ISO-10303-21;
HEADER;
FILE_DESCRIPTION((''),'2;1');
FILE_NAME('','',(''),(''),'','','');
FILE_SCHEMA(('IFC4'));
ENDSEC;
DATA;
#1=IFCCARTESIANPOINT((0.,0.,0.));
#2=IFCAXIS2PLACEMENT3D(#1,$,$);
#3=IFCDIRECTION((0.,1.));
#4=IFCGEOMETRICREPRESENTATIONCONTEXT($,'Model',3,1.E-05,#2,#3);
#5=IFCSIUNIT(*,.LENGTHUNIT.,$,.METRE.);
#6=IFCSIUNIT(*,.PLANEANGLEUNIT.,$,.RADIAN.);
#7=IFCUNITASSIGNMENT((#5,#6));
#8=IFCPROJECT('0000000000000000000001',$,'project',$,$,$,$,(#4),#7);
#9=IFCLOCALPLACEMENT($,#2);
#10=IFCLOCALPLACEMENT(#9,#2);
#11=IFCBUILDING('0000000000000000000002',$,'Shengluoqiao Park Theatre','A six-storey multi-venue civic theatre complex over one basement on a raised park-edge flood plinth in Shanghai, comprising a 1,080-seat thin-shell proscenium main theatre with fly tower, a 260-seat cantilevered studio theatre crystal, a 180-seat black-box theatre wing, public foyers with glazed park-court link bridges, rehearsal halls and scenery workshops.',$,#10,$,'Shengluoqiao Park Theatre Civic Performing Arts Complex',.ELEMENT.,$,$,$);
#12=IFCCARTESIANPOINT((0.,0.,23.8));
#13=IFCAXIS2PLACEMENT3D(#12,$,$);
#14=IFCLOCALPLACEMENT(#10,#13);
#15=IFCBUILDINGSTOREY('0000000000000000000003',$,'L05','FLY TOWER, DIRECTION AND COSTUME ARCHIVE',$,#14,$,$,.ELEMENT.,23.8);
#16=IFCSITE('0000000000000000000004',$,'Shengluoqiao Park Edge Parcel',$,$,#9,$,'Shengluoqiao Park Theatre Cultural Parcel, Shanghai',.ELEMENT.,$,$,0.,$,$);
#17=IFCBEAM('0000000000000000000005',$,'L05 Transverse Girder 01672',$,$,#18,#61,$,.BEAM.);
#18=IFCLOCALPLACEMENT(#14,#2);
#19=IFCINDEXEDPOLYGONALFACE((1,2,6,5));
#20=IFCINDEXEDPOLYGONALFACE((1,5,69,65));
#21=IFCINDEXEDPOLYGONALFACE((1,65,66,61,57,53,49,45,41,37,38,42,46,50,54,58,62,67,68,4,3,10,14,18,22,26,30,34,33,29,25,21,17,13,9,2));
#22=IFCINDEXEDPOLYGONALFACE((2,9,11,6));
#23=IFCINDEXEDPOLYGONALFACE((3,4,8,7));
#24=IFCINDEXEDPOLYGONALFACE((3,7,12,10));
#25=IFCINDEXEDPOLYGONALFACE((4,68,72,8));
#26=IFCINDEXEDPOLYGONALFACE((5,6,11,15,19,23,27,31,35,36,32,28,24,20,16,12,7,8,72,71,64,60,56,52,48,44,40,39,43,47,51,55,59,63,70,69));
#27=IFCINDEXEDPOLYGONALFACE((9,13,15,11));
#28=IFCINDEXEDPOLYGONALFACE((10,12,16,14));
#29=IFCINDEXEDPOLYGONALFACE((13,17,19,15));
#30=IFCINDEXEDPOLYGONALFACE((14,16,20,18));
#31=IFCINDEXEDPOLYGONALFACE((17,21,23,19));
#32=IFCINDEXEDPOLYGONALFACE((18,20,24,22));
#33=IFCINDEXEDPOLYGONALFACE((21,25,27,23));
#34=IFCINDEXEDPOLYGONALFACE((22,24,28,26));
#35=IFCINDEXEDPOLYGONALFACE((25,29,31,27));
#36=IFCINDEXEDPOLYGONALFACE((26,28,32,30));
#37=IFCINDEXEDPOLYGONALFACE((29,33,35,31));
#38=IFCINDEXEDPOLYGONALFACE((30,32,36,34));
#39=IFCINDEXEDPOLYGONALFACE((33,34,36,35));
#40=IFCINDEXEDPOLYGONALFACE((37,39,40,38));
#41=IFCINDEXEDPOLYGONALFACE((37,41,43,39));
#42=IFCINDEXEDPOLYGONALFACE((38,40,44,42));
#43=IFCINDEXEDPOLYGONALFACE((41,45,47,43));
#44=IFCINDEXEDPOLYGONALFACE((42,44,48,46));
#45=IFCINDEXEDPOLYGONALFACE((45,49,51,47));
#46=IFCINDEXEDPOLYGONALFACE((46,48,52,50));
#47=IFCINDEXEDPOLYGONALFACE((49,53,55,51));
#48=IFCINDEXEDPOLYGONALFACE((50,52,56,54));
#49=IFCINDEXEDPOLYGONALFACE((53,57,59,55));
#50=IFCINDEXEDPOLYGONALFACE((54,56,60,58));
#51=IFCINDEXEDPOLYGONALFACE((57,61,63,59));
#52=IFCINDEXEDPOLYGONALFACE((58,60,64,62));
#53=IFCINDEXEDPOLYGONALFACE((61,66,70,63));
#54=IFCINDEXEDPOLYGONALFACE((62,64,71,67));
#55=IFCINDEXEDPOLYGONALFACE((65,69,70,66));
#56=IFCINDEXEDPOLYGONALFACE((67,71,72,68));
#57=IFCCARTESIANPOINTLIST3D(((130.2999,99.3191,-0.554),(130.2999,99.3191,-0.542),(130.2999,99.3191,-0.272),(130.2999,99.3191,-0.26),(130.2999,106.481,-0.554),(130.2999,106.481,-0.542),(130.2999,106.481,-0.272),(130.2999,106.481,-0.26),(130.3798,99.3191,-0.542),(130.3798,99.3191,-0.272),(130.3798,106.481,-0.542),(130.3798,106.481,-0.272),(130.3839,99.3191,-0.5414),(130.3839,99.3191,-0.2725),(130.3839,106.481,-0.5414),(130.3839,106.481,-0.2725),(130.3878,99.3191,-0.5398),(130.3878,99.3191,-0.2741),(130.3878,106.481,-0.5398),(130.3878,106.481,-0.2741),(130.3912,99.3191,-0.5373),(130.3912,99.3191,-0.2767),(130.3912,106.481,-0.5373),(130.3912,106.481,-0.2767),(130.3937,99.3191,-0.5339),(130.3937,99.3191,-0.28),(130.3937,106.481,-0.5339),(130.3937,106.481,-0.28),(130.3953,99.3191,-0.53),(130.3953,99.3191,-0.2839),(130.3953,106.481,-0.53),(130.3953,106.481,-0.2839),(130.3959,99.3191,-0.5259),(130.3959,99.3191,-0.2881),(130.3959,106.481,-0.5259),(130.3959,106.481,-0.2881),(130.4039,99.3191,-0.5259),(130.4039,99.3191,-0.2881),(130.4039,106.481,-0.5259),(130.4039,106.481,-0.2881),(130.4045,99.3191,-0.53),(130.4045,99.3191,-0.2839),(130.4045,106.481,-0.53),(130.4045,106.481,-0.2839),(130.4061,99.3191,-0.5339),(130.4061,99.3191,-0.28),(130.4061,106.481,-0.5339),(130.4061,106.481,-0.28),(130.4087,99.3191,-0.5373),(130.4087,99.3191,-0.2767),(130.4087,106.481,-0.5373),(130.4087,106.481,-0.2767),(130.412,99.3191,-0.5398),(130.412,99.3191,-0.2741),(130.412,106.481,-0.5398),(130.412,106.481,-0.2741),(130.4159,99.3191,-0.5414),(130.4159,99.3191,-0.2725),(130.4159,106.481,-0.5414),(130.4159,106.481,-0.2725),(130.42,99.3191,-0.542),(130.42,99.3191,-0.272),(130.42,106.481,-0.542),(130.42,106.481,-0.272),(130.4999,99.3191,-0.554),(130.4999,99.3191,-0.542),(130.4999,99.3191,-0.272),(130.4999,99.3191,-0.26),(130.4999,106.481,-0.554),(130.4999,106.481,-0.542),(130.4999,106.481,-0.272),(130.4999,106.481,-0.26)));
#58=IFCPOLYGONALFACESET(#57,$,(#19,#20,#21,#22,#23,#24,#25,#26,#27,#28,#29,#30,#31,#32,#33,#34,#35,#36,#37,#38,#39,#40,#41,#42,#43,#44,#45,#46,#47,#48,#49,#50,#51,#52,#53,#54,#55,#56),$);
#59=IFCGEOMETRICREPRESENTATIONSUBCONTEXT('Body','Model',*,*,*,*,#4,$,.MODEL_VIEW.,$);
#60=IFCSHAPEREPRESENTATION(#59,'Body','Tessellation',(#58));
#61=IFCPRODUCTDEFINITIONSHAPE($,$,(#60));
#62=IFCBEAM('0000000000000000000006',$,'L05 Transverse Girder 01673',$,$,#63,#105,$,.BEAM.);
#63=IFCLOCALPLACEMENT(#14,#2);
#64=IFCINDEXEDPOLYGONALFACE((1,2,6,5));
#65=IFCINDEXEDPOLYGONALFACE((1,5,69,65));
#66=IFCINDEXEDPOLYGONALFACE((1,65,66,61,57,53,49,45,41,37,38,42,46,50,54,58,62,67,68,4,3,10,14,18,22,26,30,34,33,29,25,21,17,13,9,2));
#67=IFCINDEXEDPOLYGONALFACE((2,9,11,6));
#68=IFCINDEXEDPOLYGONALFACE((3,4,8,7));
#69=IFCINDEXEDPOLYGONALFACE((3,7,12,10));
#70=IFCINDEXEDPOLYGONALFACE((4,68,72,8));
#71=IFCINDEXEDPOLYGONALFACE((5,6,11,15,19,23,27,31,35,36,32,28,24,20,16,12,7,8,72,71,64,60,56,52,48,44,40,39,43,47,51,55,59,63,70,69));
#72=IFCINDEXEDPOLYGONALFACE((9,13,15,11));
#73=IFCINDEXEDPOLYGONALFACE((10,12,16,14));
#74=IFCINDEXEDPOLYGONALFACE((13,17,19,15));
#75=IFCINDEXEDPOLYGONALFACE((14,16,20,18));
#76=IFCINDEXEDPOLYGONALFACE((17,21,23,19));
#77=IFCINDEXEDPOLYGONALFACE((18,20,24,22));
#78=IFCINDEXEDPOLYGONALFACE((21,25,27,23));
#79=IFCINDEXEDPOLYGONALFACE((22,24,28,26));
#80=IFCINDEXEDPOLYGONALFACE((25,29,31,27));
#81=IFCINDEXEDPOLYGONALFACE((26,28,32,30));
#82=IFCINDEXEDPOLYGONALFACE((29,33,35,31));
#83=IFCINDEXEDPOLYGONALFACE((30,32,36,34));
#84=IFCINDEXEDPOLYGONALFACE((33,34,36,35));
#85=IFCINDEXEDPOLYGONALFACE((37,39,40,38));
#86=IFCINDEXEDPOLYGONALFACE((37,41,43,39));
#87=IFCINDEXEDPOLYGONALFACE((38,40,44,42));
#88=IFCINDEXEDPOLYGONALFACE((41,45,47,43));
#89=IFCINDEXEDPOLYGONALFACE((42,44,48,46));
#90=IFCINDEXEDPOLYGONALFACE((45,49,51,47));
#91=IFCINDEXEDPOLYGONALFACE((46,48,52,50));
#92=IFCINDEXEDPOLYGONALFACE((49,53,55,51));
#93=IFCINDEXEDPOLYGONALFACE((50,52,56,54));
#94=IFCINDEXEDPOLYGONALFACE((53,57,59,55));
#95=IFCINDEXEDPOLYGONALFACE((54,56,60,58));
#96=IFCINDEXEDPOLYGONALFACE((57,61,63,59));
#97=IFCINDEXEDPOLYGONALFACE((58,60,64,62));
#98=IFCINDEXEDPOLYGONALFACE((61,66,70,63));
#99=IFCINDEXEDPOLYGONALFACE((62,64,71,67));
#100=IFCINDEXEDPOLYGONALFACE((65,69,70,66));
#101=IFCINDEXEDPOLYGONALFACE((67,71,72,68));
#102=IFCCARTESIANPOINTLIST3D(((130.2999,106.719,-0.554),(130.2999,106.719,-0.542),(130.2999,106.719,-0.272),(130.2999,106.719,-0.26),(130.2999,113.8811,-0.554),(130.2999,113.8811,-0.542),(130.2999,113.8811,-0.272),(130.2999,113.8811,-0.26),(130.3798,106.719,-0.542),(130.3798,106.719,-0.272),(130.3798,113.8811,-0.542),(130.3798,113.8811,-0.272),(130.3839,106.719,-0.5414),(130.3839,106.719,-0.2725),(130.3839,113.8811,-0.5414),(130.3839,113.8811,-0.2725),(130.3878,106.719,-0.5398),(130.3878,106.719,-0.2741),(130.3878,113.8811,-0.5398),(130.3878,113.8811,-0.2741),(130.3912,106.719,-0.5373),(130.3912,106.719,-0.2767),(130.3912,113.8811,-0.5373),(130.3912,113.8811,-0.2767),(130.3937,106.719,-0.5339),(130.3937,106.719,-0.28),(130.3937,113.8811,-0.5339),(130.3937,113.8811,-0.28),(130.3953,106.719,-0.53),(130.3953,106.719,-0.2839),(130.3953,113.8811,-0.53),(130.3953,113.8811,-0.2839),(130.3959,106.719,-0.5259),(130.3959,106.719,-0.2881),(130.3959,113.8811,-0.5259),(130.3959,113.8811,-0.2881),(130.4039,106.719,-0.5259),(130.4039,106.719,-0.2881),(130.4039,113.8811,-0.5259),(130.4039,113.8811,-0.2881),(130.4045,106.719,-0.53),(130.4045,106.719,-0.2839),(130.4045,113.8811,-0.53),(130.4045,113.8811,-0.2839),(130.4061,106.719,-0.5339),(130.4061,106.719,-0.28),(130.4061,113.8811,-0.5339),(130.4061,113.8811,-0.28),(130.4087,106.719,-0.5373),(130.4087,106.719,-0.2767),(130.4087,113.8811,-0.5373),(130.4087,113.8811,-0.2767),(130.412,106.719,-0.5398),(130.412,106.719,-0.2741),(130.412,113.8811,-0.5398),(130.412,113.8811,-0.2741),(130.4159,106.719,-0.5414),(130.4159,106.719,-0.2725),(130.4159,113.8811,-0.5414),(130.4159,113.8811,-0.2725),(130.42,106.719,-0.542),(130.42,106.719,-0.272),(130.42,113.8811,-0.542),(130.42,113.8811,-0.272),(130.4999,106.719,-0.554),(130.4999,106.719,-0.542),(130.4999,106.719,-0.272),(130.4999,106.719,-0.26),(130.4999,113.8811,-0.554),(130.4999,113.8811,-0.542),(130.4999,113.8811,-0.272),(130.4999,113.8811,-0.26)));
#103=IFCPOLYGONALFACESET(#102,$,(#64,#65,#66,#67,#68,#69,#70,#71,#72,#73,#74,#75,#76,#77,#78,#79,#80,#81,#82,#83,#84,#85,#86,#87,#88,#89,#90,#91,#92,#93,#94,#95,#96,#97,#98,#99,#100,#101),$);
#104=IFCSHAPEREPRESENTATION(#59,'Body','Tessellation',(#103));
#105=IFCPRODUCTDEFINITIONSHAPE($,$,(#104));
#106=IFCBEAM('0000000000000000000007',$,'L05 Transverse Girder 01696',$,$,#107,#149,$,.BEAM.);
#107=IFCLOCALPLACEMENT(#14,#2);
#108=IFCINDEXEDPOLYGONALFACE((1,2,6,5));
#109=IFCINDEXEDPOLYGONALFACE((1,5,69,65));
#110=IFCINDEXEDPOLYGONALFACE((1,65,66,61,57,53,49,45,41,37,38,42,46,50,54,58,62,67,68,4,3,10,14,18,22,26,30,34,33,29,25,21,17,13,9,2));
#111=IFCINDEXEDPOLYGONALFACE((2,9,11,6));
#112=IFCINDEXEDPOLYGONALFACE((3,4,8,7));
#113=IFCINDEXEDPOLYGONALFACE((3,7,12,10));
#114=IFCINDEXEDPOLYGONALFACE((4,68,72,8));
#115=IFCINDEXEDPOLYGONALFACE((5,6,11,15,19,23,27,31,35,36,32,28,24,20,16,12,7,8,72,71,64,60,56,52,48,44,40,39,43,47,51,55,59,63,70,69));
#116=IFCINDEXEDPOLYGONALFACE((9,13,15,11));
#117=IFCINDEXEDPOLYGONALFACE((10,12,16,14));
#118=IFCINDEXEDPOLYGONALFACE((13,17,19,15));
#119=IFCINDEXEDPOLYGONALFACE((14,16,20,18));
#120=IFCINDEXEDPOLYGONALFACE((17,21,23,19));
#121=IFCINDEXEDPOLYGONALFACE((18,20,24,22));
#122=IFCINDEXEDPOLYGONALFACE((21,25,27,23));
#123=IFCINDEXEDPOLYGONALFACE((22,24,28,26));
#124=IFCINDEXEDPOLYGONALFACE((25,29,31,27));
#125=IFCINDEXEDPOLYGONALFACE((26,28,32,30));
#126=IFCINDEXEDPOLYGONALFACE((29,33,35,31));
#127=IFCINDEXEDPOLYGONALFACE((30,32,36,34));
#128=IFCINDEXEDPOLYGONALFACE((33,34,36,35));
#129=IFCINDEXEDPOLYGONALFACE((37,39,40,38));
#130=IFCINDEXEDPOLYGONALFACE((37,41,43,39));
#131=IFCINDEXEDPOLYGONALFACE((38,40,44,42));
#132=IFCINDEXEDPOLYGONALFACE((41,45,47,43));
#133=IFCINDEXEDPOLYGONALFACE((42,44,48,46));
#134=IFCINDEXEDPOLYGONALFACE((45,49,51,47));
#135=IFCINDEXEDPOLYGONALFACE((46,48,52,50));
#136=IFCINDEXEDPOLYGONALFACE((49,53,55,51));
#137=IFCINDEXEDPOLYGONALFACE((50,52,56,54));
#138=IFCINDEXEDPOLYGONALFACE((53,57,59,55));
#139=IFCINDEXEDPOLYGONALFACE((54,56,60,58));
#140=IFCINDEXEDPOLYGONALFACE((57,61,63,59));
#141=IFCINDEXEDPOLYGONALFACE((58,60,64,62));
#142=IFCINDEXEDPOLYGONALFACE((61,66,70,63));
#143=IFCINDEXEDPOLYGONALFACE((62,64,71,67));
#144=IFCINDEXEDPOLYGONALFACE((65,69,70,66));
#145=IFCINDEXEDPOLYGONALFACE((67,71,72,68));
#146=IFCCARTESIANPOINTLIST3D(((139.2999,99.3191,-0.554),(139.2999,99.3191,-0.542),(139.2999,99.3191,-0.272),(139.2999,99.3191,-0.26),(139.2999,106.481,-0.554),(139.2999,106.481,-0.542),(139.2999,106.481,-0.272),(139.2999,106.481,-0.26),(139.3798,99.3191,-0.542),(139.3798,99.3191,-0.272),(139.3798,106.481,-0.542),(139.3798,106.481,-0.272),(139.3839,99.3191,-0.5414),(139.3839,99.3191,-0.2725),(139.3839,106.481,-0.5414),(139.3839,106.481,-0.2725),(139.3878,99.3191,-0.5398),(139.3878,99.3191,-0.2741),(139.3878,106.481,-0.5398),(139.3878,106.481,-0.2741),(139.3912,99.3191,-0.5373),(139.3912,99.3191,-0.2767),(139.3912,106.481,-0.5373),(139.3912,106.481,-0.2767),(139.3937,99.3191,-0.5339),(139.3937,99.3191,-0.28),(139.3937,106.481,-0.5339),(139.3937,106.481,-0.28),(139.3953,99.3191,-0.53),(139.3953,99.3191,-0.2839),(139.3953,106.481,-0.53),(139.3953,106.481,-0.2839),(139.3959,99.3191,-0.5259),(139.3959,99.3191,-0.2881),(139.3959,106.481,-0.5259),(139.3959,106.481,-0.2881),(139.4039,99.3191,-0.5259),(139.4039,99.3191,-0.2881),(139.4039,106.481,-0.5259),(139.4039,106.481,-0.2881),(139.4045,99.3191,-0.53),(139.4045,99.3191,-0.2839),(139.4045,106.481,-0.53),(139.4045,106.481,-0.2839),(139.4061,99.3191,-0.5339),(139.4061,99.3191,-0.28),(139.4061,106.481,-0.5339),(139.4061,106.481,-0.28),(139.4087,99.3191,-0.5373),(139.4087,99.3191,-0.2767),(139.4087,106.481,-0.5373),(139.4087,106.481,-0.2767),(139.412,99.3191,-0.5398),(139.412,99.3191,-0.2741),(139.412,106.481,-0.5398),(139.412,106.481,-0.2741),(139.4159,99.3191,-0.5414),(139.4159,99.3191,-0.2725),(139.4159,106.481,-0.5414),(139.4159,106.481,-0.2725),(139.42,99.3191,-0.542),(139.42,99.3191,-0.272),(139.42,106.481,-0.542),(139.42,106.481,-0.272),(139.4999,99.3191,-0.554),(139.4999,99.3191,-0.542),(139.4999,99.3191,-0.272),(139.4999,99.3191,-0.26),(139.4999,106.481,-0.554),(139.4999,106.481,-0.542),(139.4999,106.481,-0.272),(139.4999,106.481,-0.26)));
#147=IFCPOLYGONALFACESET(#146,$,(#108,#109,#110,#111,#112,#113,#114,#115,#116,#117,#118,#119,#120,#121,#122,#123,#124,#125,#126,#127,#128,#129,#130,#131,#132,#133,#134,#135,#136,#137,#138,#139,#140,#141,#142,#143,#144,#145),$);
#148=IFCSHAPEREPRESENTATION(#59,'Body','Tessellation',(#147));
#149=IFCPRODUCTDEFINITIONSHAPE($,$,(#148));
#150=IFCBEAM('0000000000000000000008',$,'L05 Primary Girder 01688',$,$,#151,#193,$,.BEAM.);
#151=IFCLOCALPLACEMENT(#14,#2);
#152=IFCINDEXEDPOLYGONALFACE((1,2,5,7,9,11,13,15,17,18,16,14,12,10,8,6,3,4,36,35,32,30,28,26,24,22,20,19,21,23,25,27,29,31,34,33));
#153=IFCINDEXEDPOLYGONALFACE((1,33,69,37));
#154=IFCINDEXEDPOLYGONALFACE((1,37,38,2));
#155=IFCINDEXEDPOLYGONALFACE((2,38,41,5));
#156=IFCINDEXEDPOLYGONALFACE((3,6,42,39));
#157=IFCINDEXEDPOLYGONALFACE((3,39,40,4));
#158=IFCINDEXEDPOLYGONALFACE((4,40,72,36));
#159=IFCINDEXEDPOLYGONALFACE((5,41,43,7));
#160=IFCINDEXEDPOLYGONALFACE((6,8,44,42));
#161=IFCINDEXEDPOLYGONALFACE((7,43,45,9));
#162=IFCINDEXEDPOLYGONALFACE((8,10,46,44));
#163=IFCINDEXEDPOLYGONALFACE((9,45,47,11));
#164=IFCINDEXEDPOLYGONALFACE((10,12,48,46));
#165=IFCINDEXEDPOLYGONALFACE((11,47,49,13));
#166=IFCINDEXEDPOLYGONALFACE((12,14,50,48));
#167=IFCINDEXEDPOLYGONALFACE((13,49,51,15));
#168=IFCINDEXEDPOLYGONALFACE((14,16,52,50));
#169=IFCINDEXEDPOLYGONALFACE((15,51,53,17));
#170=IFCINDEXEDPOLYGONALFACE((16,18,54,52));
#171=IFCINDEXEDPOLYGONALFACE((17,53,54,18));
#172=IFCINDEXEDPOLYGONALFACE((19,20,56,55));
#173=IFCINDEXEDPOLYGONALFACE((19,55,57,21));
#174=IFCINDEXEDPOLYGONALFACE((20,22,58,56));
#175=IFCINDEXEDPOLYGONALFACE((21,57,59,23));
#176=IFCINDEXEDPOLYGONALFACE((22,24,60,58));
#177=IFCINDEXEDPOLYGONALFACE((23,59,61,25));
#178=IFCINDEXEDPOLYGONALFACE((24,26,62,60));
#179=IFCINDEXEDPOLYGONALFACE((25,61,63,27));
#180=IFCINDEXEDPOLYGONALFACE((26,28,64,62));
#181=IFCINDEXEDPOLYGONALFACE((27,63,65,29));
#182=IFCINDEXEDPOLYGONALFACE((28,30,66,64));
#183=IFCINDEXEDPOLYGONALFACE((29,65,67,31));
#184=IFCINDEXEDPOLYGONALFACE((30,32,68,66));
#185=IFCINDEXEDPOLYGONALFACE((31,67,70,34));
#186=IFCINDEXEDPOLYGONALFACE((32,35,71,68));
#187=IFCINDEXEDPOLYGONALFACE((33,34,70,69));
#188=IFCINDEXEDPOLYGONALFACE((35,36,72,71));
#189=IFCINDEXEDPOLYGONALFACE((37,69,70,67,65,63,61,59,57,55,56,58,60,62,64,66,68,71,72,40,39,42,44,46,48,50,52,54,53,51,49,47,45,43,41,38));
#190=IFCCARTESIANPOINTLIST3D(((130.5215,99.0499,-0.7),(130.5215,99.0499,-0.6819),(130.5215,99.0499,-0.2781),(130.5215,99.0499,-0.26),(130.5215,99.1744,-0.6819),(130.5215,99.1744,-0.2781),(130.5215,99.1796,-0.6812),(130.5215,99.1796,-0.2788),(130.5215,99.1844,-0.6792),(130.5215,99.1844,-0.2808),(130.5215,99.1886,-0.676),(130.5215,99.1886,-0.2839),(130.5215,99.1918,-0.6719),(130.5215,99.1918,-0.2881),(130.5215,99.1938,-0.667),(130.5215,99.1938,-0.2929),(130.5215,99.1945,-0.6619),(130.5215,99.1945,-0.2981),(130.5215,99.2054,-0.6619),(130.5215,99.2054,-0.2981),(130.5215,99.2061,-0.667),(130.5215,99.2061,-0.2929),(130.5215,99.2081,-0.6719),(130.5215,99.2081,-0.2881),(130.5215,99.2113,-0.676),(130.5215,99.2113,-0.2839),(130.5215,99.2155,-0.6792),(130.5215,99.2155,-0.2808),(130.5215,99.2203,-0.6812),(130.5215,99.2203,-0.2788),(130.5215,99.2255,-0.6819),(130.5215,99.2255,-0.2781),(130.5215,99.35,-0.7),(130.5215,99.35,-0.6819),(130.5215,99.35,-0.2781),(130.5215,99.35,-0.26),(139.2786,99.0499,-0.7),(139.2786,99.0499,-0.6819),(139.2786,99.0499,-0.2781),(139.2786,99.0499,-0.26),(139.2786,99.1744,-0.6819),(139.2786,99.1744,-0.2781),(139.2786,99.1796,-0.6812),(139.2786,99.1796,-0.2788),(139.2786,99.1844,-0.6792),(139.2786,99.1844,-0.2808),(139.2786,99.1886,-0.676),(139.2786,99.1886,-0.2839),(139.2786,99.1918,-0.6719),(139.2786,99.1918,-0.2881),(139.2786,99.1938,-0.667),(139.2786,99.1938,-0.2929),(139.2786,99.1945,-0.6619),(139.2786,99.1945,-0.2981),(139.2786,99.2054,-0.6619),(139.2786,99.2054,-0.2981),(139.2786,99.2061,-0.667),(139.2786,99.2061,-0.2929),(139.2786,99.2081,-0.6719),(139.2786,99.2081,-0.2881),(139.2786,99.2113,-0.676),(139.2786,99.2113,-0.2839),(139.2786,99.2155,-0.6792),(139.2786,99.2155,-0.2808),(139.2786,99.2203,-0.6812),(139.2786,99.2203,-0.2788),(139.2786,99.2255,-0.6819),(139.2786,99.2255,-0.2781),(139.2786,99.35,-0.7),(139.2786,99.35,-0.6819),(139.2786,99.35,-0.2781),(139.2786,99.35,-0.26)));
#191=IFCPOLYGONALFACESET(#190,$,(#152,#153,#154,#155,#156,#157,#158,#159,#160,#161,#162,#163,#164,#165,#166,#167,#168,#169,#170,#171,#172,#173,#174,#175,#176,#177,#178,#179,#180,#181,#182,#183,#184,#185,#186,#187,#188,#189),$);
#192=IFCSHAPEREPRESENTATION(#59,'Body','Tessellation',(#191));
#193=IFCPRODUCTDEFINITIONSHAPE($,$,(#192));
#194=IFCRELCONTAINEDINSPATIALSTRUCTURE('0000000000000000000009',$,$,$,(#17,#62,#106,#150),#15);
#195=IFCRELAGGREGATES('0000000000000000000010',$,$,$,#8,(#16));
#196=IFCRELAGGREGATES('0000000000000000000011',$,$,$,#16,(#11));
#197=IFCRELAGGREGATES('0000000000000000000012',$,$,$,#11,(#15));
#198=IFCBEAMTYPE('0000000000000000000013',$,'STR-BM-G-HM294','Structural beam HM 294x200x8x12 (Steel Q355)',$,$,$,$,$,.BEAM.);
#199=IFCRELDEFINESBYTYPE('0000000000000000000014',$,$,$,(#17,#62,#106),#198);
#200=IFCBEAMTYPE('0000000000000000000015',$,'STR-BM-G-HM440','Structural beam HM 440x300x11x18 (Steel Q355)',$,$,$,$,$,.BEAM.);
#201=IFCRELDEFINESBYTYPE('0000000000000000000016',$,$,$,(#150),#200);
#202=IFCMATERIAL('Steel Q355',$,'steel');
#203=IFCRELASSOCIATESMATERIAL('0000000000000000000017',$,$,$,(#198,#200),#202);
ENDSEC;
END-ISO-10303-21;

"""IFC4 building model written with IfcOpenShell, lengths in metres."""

from ifc_helpers import new_model, si_unit, direction, frame, origin, origin_2d, place, context, subcontext, project, spatial, i_section, extrude, material, material_profile, profile_set, type_object, element, save


model = new_model("IFC4")

# Units and contexts
model_context = context("Model", 3, precision=1e-05, world=origin(), true_north=direction((0.0, 1.0)))
body_context = subcontext(model_context, "Body", "Model", "MODEL_VIEW")
ifc_project = project(units=[si_unit("LENGTHUNIT", "METRE"), si_unit("PLANEANGLEUNIT", "RADIAN")], contexts=[model_context])

# Site, building, storey
site_placement = place(None, origin())
site = spatial("IfcSite", under=ifc_project, at=site_placement, Name="Shengluoqiao Park Edge Parcel", LongName="Shengluoqiao Park Theatre Cultural Parcel, Shanghai", CompositionType="ELEMENT", RefElevation=0.0)
building_placement = place(site_placement, origin())
building = spatial("IfcBuilding", under=site, at=building_placement, Name="Shengluoqiao Park Theatre", Description="A six-storey multi-venue civic theatre complex over one basement on a raised park-edge flood plinth in Shanghai, comprising a 1,080-seat thin-shell proscenium main theatre with fly tower, a 260-seat cantilevered studio theatre crystal, a 180-seat black-box theatre wing, public foyers with glazed park-court link bridges, rehearsal halls and scenery workshops.", LongName="Shengluoqiao Park Theatre Civic Performing Arts Complex", CompositionType="ELEMENT")
storey_placement = place(building_placement, frame((0.0, 0.0, 23.8)))
storey = spatial("IfcBuildingStorey", under=building, at=storey_placement, Name="L05", Description="FLY TOWER, DIRECTION AND COSTUME ARCHIVE", CompositionType="ELEMENT", Elevation=23.8)

# Shared definitions
ifc_material_1 = material(Name="Steel Q355", Category="steel")

# Beams
ifc_material_profile_1 = material_profile(ifc_material_1, i_section(OverallWidth=0.2, OverallDepth=0.2939, WebThickness=0.0081, FlangeThickness=0.012, FilletRadius=0.0161, at=origin_2d()), Name="HM 294x200x8x12")
ifc_profile_set_1 = profile_set([ifc_material_profile_1], Name="Steel Q355")
beam_type_1 = type_object("IfcBeamType", Name="STR-BM-G-HM294", Description="Structural beam HM 294x200x8x12 (Steel Q355)", PredefinedType="BEAM", material=ifc_profile_set_1)
beam_1_placement = place(storey_placement, frame((130.3999, 99.3191, -0.407), z_axis=(0.0, 1.0, 0.0), x_axis=(-1.0, 0.0, 0.0)))
element("IfcBeam", 1, at=beam_1_placement, inside=storey, type_object=beam_type_1, Name="L05 Transverse Girder 01672", PredefinedType="BEAM", context=body_context, shape_type="SweptSolid", body=[
    extrude(i_section(OverallWidth=0.2, OverallDepth=0.2939, WebThickness=0.0081, FlangeThickness=0.012, FilletRadius=0.0161, at=origin_2d()), origin(), (0.0, 0.0, 1.0), 7.1619),
])
beam_2_placement = place(storey_placement, frame((130.3999, 106.719, -0.407), z_axis=(0.0, 1.0, 0.0), x_axis=(-1.0, 0.0, 0.0)))
element("IfcBeam", 2, at=beam_2_placement, inside=storey, type_object=beam_type_1, Name="L05 Transverse Girder 01673", PredefinedType="BEAM", context=body_context, shape_type="SweptSolid", body=[
    extrude(i_section(OverallWidth=0.2, OverallDepth=0.2939, WebThickness=0.0081, FlangeThickness=0.012, FilletRadius=0.0161, at=origin_2d()), origin(), (0.0, 0.0, 1.0), 7.1621),
])
beam_3_placement = place(storey_placement, frame((139.3999, 99.3191, -0.407), z_axis=(0.0, 1.0, 0.0), x_axis=(-1.0, 0.0, 0.0)))
element("IfcBeam", 3, at=beam_3_placement, inside=storey, type_object=beam_type_1, Name="L05 Transverse Girder 01696", PredefinedType="BEAM", context=body_context, shape_type="SweptSolid", body=[
    extrude(i_section(OverallWidth=0.2, OverallDepth=0.2939, WebThickness=0.0081, FlangeThickness=0.012, FilletRadius=0.0161, at=origin_2d()), origin(), (0.0, 0.0, 1.0), 7.1619),
])
ifc_material_profile_2 = material_profile(ifc_material_1, i_section(OverallWidth=0.3, OverallDepth=0.4399, WebThickness=0.011, FlangeThickness=0.0181, FilletRadius=0.02, at=origin_2d()), Name="HM 440x300x11x18")
ifc_profile_set_2 = profile_set([ifc_material_profile_2], Name="Steel Q355")
beam_type_2 = type_object("IfcBeamType", Name="STR-BM-G-HM440", Description="Structural beam HM 440x300x11x18 (Steel Q355)", PredefinedType="BEAM", material=ifc_profile_set_2)
for number, where, z_axis, x_axis, name in (
    (4, (130.5215, 99.2, -0.48), (1.0, 0.0, 0.0), (0.0, 1.0, 0.0), "L05 Primary Girder 01688"),
):
    element("IfcBeam", number, at=place(storey_placement, frame(where, z_axis=z_axis, x_axis=x_axis)), inside=storey, type_object=beam_type_2, Name=name, PredefinedType="BEAM", context=body_context, shape_type="SweptSolid", body=[
        extrude(i_section(OverallWidth=0.3, OverallDepth=0.4399, WebThickness=0.011, FlangeThickness=0.0181, FilletRadius=0.02, at=origin_2d()), origin(), (0.0, 0.0, 1.0), 8.7571),
    ])

save(model, "model.ifc")
